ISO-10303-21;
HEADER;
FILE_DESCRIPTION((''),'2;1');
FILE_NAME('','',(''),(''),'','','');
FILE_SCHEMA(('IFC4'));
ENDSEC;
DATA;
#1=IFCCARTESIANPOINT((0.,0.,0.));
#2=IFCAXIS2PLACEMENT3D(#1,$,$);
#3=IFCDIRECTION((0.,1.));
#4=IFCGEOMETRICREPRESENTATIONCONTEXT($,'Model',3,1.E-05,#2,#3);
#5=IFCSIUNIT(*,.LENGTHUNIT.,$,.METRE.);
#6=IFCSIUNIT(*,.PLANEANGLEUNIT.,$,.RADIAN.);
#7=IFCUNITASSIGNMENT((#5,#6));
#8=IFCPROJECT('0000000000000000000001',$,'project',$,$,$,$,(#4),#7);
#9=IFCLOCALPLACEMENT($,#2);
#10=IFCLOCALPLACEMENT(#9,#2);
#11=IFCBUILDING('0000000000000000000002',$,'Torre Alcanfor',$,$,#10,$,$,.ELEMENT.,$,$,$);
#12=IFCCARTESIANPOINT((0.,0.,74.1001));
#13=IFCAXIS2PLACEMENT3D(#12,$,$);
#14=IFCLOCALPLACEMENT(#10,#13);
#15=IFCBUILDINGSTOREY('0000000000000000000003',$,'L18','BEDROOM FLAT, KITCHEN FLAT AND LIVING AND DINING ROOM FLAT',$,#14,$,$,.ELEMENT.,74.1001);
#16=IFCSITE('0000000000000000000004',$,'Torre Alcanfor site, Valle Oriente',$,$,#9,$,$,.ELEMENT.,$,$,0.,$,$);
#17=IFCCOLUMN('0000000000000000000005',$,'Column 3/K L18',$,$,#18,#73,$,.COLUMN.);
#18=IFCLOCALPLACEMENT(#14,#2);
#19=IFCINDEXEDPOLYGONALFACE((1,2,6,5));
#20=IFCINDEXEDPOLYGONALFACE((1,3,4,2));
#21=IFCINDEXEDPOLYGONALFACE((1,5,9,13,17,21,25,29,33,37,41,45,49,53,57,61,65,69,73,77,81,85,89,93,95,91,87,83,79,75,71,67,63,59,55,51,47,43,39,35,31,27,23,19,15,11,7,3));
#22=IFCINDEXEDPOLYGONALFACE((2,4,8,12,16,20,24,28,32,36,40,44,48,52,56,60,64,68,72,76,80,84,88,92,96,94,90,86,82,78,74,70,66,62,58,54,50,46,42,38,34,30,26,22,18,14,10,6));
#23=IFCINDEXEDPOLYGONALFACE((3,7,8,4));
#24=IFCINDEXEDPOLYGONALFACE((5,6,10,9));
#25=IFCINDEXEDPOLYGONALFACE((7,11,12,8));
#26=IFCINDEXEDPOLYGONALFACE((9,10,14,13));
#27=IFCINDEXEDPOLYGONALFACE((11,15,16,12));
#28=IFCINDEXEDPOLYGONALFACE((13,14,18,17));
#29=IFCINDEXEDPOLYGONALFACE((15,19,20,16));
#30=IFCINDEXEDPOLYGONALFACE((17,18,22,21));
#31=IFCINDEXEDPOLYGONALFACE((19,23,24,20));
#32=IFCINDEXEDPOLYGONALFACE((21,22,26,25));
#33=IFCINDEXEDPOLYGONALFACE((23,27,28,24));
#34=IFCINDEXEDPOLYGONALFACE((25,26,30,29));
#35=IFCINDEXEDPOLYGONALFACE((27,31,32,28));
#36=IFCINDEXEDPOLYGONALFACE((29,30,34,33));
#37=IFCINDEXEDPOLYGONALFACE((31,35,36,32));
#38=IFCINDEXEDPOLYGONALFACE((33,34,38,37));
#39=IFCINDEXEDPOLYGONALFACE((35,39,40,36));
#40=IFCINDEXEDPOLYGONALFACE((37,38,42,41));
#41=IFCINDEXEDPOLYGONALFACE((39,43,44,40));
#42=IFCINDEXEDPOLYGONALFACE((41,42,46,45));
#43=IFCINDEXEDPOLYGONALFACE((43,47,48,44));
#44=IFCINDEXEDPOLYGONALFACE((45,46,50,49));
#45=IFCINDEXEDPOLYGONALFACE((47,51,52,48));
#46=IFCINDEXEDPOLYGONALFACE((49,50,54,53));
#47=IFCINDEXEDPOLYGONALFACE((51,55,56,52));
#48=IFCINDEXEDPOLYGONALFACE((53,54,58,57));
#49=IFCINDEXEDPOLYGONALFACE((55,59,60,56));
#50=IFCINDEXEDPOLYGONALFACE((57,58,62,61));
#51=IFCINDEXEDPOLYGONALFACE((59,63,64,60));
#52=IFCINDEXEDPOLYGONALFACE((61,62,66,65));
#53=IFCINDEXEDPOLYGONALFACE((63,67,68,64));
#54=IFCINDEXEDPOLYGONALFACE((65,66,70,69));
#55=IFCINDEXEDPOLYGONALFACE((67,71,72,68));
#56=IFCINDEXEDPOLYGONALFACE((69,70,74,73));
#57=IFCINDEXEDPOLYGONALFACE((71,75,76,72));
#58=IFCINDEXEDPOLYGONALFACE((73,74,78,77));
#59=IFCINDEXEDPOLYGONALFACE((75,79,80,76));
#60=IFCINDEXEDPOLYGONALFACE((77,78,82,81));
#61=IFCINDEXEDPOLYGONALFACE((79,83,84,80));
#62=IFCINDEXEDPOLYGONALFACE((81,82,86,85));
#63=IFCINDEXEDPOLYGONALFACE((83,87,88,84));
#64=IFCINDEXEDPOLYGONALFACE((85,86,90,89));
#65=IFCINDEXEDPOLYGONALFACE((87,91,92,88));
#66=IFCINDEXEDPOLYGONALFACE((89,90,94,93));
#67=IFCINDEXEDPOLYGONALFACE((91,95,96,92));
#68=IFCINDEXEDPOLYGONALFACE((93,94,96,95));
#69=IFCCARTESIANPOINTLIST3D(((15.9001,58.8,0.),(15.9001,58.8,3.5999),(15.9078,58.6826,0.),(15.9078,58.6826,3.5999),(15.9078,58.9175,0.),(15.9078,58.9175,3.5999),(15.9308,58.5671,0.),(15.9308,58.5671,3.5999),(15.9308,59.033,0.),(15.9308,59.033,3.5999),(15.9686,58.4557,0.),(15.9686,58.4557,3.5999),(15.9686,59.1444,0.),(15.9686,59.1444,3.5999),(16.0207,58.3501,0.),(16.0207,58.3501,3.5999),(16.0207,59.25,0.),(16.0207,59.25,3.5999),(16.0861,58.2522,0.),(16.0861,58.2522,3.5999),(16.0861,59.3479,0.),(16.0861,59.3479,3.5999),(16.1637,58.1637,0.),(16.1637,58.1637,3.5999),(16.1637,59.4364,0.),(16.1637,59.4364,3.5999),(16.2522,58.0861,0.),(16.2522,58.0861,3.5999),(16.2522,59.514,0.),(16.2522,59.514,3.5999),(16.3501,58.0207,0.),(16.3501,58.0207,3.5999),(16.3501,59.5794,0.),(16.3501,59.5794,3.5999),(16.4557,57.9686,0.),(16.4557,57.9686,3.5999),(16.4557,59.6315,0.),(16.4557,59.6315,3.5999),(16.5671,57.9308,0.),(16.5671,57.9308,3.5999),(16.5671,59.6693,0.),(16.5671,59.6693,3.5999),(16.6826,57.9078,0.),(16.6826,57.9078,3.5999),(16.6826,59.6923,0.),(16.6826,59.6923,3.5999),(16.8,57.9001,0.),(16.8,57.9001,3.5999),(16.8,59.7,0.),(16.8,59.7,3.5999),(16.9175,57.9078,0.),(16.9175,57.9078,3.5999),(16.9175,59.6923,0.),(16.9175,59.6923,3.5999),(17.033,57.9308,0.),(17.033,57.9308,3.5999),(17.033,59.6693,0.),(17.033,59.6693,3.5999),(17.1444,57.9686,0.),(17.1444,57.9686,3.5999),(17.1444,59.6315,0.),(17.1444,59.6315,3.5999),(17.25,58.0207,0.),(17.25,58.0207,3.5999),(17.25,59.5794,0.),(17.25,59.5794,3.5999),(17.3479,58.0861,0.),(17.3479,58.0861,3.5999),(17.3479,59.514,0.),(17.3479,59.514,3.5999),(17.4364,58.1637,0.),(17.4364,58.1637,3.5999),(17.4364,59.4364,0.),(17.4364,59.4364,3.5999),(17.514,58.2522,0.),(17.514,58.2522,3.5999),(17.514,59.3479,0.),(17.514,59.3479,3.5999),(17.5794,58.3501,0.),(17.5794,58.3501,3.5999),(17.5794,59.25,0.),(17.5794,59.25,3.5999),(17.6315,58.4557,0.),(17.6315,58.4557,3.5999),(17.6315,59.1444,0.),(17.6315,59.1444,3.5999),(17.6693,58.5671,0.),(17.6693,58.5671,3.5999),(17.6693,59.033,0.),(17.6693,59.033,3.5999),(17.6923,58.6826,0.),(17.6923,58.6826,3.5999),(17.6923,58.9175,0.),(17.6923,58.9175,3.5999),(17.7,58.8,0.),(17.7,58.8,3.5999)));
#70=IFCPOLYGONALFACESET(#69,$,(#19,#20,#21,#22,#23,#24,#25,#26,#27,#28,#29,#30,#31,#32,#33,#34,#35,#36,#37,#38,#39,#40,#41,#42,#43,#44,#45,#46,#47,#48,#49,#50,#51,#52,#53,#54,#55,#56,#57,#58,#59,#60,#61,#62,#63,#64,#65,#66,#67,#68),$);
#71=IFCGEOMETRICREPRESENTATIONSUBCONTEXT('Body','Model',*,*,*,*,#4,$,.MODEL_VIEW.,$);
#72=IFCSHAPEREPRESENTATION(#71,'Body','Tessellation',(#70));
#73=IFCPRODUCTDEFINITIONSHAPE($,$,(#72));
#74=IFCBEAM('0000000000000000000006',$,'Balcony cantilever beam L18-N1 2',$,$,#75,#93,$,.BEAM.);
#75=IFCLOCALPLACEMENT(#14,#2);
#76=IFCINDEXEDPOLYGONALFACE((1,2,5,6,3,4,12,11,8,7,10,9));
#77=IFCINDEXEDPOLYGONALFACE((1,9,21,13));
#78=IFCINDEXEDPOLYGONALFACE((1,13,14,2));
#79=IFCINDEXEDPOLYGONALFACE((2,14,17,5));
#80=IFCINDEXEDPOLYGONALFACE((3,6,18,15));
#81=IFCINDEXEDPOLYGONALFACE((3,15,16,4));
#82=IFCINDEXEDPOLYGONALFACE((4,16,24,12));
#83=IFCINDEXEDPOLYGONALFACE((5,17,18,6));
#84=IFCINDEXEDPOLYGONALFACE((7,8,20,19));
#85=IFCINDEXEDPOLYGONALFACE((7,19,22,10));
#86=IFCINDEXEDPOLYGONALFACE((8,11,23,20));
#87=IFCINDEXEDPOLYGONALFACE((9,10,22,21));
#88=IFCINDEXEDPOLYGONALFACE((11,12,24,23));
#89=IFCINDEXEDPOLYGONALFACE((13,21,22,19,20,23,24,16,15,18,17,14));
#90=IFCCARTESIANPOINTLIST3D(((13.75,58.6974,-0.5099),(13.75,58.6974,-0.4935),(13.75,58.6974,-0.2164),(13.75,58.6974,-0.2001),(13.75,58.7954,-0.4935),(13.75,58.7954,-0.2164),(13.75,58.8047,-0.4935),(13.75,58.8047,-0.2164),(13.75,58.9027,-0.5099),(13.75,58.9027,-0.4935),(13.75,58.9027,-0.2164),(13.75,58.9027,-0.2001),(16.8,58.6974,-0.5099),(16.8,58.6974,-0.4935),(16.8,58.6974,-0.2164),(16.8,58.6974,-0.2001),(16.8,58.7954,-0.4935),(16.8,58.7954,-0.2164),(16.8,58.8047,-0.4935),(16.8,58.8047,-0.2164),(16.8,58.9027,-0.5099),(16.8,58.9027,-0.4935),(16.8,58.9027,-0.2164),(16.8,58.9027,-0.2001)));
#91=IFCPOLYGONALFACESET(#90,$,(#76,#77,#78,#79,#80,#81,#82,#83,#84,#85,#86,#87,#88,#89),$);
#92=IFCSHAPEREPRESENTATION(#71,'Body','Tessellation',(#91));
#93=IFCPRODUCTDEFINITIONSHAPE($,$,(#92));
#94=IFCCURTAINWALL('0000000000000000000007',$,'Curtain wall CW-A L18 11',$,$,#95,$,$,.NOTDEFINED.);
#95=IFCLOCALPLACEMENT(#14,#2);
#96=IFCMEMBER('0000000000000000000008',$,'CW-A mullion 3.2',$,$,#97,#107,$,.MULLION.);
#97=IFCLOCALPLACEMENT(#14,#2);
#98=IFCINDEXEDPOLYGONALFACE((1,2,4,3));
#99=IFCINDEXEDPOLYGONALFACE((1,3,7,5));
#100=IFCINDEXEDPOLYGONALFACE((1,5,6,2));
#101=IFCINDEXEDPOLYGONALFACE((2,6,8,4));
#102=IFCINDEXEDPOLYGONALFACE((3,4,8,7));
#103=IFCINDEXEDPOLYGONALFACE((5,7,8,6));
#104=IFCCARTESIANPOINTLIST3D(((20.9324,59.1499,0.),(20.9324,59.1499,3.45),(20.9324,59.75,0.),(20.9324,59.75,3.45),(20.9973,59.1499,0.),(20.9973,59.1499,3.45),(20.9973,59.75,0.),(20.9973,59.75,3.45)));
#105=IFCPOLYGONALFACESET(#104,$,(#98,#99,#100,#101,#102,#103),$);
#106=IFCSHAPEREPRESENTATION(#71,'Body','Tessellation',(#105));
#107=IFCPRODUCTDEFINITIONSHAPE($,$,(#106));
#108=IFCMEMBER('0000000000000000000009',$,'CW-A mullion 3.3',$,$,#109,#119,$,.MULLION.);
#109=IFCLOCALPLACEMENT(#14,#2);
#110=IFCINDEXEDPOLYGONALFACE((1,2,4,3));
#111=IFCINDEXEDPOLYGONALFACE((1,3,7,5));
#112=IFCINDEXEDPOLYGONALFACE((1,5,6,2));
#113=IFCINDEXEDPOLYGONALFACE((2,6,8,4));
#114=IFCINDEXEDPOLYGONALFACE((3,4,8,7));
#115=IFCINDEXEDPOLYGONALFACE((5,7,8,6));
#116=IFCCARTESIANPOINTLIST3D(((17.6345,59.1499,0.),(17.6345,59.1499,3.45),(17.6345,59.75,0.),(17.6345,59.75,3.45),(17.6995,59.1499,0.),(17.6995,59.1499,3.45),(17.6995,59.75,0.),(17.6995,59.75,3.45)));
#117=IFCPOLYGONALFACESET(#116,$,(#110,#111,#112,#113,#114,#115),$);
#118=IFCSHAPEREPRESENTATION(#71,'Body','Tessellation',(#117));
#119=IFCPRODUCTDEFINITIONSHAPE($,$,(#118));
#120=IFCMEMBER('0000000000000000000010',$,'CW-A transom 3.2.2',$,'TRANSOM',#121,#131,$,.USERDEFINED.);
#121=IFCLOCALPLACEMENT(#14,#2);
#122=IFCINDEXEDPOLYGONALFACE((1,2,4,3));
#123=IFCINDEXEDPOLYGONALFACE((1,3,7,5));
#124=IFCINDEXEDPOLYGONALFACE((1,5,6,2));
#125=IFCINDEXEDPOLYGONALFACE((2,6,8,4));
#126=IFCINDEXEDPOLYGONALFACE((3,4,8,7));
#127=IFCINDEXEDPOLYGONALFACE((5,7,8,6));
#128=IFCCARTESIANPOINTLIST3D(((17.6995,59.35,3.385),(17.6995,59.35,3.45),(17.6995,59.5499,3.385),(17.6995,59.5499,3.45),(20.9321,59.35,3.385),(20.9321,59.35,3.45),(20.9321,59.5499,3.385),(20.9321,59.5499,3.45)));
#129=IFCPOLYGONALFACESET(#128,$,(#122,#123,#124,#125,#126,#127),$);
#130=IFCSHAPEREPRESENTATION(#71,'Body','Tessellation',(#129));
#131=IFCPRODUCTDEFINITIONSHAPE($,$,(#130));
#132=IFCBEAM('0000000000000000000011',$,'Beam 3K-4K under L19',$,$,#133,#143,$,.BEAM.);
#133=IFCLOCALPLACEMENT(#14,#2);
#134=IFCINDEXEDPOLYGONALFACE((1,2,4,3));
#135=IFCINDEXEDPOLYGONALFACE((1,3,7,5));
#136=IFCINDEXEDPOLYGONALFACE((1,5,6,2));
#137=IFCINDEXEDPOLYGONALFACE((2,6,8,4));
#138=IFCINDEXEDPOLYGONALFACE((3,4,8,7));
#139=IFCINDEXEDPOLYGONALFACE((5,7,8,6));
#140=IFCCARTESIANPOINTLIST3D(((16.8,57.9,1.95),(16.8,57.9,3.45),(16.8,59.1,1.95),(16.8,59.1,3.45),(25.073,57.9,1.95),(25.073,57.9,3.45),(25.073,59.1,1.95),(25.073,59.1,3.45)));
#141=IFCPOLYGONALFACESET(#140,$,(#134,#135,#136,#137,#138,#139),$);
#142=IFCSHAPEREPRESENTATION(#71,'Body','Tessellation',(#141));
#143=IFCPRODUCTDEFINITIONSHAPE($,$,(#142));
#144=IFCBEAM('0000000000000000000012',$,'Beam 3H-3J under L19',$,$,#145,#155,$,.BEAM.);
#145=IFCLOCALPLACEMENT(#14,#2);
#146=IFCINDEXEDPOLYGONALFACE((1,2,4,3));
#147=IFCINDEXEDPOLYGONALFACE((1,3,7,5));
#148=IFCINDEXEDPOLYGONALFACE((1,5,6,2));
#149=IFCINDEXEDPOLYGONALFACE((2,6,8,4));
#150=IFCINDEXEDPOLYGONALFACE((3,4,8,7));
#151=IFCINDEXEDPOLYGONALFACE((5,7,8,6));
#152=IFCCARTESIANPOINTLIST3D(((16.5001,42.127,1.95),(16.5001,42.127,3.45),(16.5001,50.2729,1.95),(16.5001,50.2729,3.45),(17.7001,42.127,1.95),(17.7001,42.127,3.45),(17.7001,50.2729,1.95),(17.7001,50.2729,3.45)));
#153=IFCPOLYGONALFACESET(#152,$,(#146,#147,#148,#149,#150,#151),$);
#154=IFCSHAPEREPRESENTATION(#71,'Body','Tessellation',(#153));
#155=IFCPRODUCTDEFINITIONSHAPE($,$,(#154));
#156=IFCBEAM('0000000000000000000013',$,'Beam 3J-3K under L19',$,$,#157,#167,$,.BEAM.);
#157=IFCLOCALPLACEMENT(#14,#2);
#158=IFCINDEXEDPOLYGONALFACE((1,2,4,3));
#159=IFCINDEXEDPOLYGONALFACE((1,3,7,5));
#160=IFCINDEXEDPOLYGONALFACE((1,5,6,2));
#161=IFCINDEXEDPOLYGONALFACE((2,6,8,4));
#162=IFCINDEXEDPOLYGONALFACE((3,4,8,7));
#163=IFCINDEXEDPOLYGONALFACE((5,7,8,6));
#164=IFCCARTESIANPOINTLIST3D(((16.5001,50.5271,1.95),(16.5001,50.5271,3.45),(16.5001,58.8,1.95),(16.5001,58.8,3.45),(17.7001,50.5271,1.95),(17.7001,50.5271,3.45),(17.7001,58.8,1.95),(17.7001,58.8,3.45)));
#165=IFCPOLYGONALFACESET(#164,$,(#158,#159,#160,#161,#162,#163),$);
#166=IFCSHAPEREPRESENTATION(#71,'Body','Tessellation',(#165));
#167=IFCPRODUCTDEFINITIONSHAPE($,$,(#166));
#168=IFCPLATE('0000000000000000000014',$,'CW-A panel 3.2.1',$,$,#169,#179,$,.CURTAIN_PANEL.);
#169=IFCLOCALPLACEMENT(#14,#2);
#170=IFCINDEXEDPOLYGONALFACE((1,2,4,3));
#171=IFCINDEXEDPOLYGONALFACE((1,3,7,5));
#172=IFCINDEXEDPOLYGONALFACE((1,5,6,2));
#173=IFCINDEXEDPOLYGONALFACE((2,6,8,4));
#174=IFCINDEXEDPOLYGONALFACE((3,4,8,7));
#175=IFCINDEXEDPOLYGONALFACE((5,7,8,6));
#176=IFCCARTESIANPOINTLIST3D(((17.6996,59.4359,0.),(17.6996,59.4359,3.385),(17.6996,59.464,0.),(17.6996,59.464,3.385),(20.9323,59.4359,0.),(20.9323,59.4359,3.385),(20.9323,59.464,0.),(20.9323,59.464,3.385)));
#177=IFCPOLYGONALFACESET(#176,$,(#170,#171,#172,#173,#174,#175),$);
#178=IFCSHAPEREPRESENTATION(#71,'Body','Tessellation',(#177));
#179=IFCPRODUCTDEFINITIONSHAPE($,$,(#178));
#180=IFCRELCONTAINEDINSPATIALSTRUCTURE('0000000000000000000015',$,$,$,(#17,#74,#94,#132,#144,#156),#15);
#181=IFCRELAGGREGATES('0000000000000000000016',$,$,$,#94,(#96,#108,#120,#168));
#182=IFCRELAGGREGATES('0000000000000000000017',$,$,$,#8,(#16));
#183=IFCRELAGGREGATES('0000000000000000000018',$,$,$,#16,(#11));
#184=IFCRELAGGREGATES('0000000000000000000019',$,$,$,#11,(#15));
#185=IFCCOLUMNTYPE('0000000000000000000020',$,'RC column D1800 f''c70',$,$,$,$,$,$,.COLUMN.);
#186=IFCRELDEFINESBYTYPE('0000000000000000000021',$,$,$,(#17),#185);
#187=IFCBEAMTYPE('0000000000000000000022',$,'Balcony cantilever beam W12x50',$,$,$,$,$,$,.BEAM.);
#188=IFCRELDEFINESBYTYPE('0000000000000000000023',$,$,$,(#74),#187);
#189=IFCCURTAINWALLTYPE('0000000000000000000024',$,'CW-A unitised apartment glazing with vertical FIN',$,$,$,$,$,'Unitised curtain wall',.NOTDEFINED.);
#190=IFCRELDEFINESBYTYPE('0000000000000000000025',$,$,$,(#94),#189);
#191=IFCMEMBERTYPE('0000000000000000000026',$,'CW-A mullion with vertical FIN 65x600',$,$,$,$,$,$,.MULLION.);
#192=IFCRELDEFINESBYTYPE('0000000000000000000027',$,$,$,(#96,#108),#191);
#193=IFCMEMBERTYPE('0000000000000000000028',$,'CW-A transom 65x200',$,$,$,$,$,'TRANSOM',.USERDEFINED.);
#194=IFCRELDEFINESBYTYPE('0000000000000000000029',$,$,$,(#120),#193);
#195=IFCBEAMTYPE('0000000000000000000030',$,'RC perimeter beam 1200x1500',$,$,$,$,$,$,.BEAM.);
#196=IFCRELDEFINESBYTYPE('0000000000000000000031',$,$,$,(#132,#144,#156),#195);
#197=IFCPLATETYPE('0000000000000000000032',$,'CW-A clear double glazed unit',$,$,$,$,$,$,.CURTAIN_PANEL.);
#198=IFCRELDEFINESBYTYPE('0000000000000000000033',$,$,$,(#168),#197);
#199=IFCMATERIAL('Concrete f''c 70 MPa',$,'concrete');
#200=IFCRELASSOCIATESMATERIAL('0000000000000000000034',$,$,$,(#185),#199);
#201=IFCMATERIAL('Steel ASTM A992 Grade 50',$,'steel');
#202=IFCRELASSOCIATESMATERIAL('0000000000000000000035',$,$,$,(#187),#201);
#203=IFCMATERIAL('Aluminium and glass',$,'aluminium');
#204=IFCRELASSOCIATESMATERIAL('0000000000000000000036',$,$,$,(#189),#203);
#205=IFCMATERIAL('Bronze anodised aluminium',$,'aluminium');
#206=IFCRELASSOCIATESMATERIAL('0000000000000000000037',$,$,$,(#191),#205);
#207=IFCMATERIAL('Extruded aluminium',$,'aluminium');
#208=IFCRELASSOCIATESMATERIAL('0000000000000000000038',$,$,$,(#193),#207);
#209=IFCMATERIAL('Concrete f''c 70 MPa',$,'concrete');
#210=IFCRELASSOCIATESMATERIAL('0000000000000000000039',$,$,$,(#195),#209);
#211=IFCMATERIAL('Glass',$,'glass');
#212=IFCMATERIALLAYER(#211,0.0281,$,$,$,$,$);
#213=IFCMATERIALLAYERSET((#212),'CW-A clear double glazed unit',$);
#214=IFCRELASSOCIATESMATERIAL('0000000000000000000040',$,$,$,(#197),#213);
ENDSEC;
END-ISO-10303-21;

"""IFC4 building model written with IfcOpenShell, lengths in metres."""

from ifc_helpers import new_model, si_unit, direction, frame, origin, origin_2d, place, context, subcontext, project, spatial, rectangle, circle, i_section, extrude, material, layer, layer_set, material_profile, profile_set, type_object, element, aggregate, save


model = new_model("IFC4")

# Units and contexts
model_context = context("Model", 3, precision=1e-05, world=origin(), true_north=direction((0.0, 1.0)))
body_context = subcontext(model_context, "Body", "Model", "MODEL_VIEW")
ifc_project = project(units=[si_unit("LENGTHUNIT", "METRE"), si_unit("PLANEANGLEUNIT", "RADIAN")], contexts=[model_context])

# Site, building, storey
site_placement = place(None, origin())
site = spatial("IfcSite", under=ifc_project, at=site_placement, Name="Torre Alcanfor site, Valle Oriente", CompositionType="ELEMENT", RefElevation=0.0)
building_placement = place(site_placement, origin())
building = spatial("IfcBuilding", under=site, at=building_placement, Name="Torre Alcanfor", CompositionType="ELEMENT")
storey_placement = place(building_placement, frame((0.0, 0.0, 74.1001)))
storey = spatial("IfcBuildingStorey", under=building, at=storey_placement, Name="L18", Description="BEDROOM FLAT, KITCHEN FLAT AND LIVING AND DINING ROOM FLAT", CompositionType="ELEMENT", Elevation=74.1001)

# Column
ifc_material_1 = material(Name="Concrete f'c 70 MPa", Category="concrete")
ifc_material_profile_1 = material_profile(ifc_material_1, circle(Radius=0.8999, at=origin_2d()), Name="D1800")
ifc_profile_set_1 = profile_set([ifc_material_profile_1], Name="Concrete f'c 70 MPa")
column_type = type_object("IfcColumnType", Name="RC column D1800 f'c70", PredefinedType="COLUMN", material=ifc_profile_set_1)
column_placement = place(storey_placement, frame((16.8, 58.8, 0.0), z_axis=(0.0, 0.0, 1.0), x_axis=(1.0, 0.0, 0.0)))
element("IfcColumn", 1, at=column_placement, inside=storey, type_object=column_type, Name="Column 3/K L18", PredefinedType="COLUMN", context=body_context, shape_type="SweptSolid", body=[
    extrude(circle(Radius=0.8999, at=origin_2d()), origin(), (0.0, 0.0, 1.0), 3.5999),
])

# Beam
ifc_material_2 = material(Name="Steel ASTM A992 Grade 50", Category="steel")
ifc_material_profile_2 = material_profile(ifc_material_2, i_section(OverallWidth=0.2053, OverallDepth=0.3098, WebThickness=0.0093, FlangeThickness=0.0164, at=origin_2d()), Name="W12x50")
ifc_profile_set_2 = profile_set([ifc_material_profile_2], Name="Steel ASTM A992 Grade 50")
beam_type_1 = type_object("IfcBeamType", Name="Balcony cantilever beam W12x50", PredefinedType="BEAM", material=ifc_profile_set_2)
beam_1_placement = place(storey_placement, frame((16.8, 58.8, -0.355), z_axis=(-1.0, 0.0, 0.0), x_axis=(0.0, -1.0, 0.0)))
element("IfcBeam", 2, at=beam_1_placement, inside=storey, type_object=beam_type_1, Name="Balcony cantilever beam L18-N1 2", PredefinedType="BEAM", context=body_context, shape_type="SweptSolid", body=[
    extrude(i_section(OverallWidth=0.2053, OverallDepth=0.3098, WebThickness=0.0093, FlangeThickness=0.0164, at=origin_2d()), origin(), (0.0, 0.0, 1.0), 3.05),
])

# Curtain wall, members
ifc_material_3 = material(Name="Aluminium and glass", Category="aluminium")
curtain_wall_type = type_object("IfcCurtainWallType", Name="CW-A unitised apartment glazing with vertical FIN", ElementType="Unitised curtain wall", PredefinedType="NOTDEFINED", material=ifc_material_3)
curtain_wall_placement = place(storey_placement, origin())
curtain_wall = element("IfcCurtainWall", 3, at=curtain_wall_placement, inside=storey, type_object=curtain_wall_type, Name="Curtain wall CW-A L18 11", PredefinedType="NOTDEFINED")
ifc_material_4 = material(Name="Bronze anodised aluminium", Category="aluminium")
ifc_material_profile_3 = material_profile(ifc_material_4, rectangle(XDim=0.6001, YDim=0.0649, at=origin_2d()), Name="CW-A mullion 65x600")
ifc_profile_set_3 = profile_set([ifc_material_profile_3], Name="Bronze anodised aluminium")
member_type_1 = type_object("IfcMemberType", Name="CW-A mullion with vertical FIN 65x600", PredefinedType="MULLION", material=ifc_profile_set_3)
member_1_placement = place(storey_placement, frame((20.9648, 59.45, 0.0), z_axis=(0.0, 0.0, 1.0), x_axis=(0.0, -1.0, 0.0)))
member_1 = element("IfcMember", 4, at=member_1_placement, type_object=member_type_1, Name="CW-A mullion 3.2", PredefinedType="MULLION", context=body_context, shape_type="SweptSolid", body=[
    extrude(rectangle(XDim=0.6001, YDim=0.0649, at=origin_2d()), origin(), (0.0, 0.0, 1.0), 3.45),
])
member_2_placement = place(storey_placement, frame((17.667, 59.45, 0.0), z_axis=(0.0, 0.0, 1.0), x_axis=(0.0, -1.0, 0.0)))
member_2 = element("IfcMember", 5, at=member_2_placement, type_object=member_type_1, Name="CW-A mullion 3.3", PredefinedType="MULLION", context=body_context, shape_type="SweptSolid", body=[
    extrude(rectangle(XDim=0.6001, YDim=0.0649, at=origin_2d()), origin(), (0.0, 0.0, 1.0), 3.45),
])
ifc_material_5 = material(Name="Extruded aluminium", Category="aluminium")
ifc_material_profile_4 = material_profile(ifc_material_5, rectangle(XDim=0.2, YDim=0.0649, at=origin_2d()), Name="CW-A transom 200x65")
ifc_profile_set_4 = profile_set([ifc_material_profile_4], Name="Extruded aluminium")
member_type_2 = type_object("IfcMemberType", Name="CW-A transom 65x200", ElementType="TRANSOM", PredefinedType="USERDEFINED", material=ifc_profile_set_4)
member_3_placement = place(storey_placement, frame((20.9321, 59.45, 3.4175), z_axis=(-1.0, 0.0, 0.0), x_axis=(0.0, -1.0, 0.0)))
member_3 = element("IfcMember", 6, at=member_3_placement, type_object=member_type_2, Name="CW-A transom 3.2.2", ObjectType="TRANSOM", PredefinedType="USERDEFINED", context=body_context, shape_type="SweptSolid", body=[
    extrude(rectangle(XDim=0.2, YDim=0.0649, at=origin_2d()), origin(), (0.0, 0.0, 1.0), 3.2327),
])

# Beams
ifc_material_6 = material(Name="Concrete f'c 70 MPa", Category="concrete")
ifc_material_profile_5 = material_profile(ifc_material_6, rectangle(XDim=1.2, YDim=1.5, at=origin_2d()), Name="1200x1500")
ifc_profile_set_5 = profile_set([ifc_material_profile_5], Name="Concrete f'c 70 MPa")
beam_type_2 = type_object("IfcBeamType", Name="RC perimeter beam 1200x1500", PredefinedType="BEAM", material=ifc_profile_set_5)
beam_2_placement = place(storey_placement, frame((16.8, 58.5, 2.7), z_axis=(1.0, 0.0, 0.0), x_axis=(0.0, 1.0, 0.0)))
element("IfcBeam", 7, at=beam_2_placement, inside=storey, type_object=beam_type_2, Name="Beam 3K-4K under L19", PredefinedType="BEAM", context=body_context, shape_type="SweptSolid", body=[
    extrude(rectangle(XDim=1.2, YDim=1.5, at=origin_2d()), origin(), (0.0, 0.0, 1.0), 8.2729),
])
beam_3_placement = place(storey_placement, frame((17.1001, 42.127, 2.7), z_axis=(0.0, 1.0, 0.0), x_axis=(-1.0, 0.0, 0.0)))
element("IfcBeam", 8, at=beam_3_placement, inside=storey, type_object=beam_type_2, Name="Beam 3H-3J under L19", PredefinedType="BEAM", context=body_context, shape_type="SweptSolid", body=[
    extrude(rectangle(XDim=1.2, YDim=1.5, at=origin_2d()), origin(), (0.0, 0.0, 1.0), 8.146),
])
beam_4_placement = place(storey_placement, frame((17.1001, 50.5271, 2.7), z_axis=(0.0, 1.0, 0.0), x_axis=(-1.0, 0.0, 0.0)))
element("IfcBeam", 9, at=beam_4_placement, inside=storey, type_object=beam_type_2, Name="Beam 3J-3K under L19", PredefinedType="BEAM", context=body_context, shape_type="SweptSolid", body=[
    extrude(rectangle(XDim=1.2, YDim=1.5, at=origin_2d()), origin(), (0.0, 0.0, 1.0), 8.2729),
])

# Plate
ifc_material_7 = material(Name="Glass", Category="glass")
ifc_layer_1 = layer(ifc_material_7, 0.0281)
ifc_layer_set_1 = layer_set([ifc_layer_1], Name="CW-A clear double glazed unit")
plate_type = type_object("IfcPlateType", Name="CW-A clear double glazed unit", PredefinedType="CURTAIN_PANEL", material=ifc_layer_set_1)
plate_placement = place(storey_placement, frame((19.3159, 59.45, 0.0), z_axis=(0.0, 0.0, 1.0), x_axis=(-1.0, 0.0, 0.0)))
plate = element("IfcPlate", 10, at=plate_placement, type_object=plate_type, Name="CW-A panel 3.2.1", PredefinedType="CURTAIN_PANEL", context=body_context, shape_type="SweptSolid", body=[
    extrude(rectangle(XDim=3.2327, YDim=0.0281, at=origin_2d()), origin(), (0.0, 0.0, 1.0), 3.385),
])
aggregate(curtain_wall, [member_1, member_2, member_3, plate])

save(model, "model.ifc")
